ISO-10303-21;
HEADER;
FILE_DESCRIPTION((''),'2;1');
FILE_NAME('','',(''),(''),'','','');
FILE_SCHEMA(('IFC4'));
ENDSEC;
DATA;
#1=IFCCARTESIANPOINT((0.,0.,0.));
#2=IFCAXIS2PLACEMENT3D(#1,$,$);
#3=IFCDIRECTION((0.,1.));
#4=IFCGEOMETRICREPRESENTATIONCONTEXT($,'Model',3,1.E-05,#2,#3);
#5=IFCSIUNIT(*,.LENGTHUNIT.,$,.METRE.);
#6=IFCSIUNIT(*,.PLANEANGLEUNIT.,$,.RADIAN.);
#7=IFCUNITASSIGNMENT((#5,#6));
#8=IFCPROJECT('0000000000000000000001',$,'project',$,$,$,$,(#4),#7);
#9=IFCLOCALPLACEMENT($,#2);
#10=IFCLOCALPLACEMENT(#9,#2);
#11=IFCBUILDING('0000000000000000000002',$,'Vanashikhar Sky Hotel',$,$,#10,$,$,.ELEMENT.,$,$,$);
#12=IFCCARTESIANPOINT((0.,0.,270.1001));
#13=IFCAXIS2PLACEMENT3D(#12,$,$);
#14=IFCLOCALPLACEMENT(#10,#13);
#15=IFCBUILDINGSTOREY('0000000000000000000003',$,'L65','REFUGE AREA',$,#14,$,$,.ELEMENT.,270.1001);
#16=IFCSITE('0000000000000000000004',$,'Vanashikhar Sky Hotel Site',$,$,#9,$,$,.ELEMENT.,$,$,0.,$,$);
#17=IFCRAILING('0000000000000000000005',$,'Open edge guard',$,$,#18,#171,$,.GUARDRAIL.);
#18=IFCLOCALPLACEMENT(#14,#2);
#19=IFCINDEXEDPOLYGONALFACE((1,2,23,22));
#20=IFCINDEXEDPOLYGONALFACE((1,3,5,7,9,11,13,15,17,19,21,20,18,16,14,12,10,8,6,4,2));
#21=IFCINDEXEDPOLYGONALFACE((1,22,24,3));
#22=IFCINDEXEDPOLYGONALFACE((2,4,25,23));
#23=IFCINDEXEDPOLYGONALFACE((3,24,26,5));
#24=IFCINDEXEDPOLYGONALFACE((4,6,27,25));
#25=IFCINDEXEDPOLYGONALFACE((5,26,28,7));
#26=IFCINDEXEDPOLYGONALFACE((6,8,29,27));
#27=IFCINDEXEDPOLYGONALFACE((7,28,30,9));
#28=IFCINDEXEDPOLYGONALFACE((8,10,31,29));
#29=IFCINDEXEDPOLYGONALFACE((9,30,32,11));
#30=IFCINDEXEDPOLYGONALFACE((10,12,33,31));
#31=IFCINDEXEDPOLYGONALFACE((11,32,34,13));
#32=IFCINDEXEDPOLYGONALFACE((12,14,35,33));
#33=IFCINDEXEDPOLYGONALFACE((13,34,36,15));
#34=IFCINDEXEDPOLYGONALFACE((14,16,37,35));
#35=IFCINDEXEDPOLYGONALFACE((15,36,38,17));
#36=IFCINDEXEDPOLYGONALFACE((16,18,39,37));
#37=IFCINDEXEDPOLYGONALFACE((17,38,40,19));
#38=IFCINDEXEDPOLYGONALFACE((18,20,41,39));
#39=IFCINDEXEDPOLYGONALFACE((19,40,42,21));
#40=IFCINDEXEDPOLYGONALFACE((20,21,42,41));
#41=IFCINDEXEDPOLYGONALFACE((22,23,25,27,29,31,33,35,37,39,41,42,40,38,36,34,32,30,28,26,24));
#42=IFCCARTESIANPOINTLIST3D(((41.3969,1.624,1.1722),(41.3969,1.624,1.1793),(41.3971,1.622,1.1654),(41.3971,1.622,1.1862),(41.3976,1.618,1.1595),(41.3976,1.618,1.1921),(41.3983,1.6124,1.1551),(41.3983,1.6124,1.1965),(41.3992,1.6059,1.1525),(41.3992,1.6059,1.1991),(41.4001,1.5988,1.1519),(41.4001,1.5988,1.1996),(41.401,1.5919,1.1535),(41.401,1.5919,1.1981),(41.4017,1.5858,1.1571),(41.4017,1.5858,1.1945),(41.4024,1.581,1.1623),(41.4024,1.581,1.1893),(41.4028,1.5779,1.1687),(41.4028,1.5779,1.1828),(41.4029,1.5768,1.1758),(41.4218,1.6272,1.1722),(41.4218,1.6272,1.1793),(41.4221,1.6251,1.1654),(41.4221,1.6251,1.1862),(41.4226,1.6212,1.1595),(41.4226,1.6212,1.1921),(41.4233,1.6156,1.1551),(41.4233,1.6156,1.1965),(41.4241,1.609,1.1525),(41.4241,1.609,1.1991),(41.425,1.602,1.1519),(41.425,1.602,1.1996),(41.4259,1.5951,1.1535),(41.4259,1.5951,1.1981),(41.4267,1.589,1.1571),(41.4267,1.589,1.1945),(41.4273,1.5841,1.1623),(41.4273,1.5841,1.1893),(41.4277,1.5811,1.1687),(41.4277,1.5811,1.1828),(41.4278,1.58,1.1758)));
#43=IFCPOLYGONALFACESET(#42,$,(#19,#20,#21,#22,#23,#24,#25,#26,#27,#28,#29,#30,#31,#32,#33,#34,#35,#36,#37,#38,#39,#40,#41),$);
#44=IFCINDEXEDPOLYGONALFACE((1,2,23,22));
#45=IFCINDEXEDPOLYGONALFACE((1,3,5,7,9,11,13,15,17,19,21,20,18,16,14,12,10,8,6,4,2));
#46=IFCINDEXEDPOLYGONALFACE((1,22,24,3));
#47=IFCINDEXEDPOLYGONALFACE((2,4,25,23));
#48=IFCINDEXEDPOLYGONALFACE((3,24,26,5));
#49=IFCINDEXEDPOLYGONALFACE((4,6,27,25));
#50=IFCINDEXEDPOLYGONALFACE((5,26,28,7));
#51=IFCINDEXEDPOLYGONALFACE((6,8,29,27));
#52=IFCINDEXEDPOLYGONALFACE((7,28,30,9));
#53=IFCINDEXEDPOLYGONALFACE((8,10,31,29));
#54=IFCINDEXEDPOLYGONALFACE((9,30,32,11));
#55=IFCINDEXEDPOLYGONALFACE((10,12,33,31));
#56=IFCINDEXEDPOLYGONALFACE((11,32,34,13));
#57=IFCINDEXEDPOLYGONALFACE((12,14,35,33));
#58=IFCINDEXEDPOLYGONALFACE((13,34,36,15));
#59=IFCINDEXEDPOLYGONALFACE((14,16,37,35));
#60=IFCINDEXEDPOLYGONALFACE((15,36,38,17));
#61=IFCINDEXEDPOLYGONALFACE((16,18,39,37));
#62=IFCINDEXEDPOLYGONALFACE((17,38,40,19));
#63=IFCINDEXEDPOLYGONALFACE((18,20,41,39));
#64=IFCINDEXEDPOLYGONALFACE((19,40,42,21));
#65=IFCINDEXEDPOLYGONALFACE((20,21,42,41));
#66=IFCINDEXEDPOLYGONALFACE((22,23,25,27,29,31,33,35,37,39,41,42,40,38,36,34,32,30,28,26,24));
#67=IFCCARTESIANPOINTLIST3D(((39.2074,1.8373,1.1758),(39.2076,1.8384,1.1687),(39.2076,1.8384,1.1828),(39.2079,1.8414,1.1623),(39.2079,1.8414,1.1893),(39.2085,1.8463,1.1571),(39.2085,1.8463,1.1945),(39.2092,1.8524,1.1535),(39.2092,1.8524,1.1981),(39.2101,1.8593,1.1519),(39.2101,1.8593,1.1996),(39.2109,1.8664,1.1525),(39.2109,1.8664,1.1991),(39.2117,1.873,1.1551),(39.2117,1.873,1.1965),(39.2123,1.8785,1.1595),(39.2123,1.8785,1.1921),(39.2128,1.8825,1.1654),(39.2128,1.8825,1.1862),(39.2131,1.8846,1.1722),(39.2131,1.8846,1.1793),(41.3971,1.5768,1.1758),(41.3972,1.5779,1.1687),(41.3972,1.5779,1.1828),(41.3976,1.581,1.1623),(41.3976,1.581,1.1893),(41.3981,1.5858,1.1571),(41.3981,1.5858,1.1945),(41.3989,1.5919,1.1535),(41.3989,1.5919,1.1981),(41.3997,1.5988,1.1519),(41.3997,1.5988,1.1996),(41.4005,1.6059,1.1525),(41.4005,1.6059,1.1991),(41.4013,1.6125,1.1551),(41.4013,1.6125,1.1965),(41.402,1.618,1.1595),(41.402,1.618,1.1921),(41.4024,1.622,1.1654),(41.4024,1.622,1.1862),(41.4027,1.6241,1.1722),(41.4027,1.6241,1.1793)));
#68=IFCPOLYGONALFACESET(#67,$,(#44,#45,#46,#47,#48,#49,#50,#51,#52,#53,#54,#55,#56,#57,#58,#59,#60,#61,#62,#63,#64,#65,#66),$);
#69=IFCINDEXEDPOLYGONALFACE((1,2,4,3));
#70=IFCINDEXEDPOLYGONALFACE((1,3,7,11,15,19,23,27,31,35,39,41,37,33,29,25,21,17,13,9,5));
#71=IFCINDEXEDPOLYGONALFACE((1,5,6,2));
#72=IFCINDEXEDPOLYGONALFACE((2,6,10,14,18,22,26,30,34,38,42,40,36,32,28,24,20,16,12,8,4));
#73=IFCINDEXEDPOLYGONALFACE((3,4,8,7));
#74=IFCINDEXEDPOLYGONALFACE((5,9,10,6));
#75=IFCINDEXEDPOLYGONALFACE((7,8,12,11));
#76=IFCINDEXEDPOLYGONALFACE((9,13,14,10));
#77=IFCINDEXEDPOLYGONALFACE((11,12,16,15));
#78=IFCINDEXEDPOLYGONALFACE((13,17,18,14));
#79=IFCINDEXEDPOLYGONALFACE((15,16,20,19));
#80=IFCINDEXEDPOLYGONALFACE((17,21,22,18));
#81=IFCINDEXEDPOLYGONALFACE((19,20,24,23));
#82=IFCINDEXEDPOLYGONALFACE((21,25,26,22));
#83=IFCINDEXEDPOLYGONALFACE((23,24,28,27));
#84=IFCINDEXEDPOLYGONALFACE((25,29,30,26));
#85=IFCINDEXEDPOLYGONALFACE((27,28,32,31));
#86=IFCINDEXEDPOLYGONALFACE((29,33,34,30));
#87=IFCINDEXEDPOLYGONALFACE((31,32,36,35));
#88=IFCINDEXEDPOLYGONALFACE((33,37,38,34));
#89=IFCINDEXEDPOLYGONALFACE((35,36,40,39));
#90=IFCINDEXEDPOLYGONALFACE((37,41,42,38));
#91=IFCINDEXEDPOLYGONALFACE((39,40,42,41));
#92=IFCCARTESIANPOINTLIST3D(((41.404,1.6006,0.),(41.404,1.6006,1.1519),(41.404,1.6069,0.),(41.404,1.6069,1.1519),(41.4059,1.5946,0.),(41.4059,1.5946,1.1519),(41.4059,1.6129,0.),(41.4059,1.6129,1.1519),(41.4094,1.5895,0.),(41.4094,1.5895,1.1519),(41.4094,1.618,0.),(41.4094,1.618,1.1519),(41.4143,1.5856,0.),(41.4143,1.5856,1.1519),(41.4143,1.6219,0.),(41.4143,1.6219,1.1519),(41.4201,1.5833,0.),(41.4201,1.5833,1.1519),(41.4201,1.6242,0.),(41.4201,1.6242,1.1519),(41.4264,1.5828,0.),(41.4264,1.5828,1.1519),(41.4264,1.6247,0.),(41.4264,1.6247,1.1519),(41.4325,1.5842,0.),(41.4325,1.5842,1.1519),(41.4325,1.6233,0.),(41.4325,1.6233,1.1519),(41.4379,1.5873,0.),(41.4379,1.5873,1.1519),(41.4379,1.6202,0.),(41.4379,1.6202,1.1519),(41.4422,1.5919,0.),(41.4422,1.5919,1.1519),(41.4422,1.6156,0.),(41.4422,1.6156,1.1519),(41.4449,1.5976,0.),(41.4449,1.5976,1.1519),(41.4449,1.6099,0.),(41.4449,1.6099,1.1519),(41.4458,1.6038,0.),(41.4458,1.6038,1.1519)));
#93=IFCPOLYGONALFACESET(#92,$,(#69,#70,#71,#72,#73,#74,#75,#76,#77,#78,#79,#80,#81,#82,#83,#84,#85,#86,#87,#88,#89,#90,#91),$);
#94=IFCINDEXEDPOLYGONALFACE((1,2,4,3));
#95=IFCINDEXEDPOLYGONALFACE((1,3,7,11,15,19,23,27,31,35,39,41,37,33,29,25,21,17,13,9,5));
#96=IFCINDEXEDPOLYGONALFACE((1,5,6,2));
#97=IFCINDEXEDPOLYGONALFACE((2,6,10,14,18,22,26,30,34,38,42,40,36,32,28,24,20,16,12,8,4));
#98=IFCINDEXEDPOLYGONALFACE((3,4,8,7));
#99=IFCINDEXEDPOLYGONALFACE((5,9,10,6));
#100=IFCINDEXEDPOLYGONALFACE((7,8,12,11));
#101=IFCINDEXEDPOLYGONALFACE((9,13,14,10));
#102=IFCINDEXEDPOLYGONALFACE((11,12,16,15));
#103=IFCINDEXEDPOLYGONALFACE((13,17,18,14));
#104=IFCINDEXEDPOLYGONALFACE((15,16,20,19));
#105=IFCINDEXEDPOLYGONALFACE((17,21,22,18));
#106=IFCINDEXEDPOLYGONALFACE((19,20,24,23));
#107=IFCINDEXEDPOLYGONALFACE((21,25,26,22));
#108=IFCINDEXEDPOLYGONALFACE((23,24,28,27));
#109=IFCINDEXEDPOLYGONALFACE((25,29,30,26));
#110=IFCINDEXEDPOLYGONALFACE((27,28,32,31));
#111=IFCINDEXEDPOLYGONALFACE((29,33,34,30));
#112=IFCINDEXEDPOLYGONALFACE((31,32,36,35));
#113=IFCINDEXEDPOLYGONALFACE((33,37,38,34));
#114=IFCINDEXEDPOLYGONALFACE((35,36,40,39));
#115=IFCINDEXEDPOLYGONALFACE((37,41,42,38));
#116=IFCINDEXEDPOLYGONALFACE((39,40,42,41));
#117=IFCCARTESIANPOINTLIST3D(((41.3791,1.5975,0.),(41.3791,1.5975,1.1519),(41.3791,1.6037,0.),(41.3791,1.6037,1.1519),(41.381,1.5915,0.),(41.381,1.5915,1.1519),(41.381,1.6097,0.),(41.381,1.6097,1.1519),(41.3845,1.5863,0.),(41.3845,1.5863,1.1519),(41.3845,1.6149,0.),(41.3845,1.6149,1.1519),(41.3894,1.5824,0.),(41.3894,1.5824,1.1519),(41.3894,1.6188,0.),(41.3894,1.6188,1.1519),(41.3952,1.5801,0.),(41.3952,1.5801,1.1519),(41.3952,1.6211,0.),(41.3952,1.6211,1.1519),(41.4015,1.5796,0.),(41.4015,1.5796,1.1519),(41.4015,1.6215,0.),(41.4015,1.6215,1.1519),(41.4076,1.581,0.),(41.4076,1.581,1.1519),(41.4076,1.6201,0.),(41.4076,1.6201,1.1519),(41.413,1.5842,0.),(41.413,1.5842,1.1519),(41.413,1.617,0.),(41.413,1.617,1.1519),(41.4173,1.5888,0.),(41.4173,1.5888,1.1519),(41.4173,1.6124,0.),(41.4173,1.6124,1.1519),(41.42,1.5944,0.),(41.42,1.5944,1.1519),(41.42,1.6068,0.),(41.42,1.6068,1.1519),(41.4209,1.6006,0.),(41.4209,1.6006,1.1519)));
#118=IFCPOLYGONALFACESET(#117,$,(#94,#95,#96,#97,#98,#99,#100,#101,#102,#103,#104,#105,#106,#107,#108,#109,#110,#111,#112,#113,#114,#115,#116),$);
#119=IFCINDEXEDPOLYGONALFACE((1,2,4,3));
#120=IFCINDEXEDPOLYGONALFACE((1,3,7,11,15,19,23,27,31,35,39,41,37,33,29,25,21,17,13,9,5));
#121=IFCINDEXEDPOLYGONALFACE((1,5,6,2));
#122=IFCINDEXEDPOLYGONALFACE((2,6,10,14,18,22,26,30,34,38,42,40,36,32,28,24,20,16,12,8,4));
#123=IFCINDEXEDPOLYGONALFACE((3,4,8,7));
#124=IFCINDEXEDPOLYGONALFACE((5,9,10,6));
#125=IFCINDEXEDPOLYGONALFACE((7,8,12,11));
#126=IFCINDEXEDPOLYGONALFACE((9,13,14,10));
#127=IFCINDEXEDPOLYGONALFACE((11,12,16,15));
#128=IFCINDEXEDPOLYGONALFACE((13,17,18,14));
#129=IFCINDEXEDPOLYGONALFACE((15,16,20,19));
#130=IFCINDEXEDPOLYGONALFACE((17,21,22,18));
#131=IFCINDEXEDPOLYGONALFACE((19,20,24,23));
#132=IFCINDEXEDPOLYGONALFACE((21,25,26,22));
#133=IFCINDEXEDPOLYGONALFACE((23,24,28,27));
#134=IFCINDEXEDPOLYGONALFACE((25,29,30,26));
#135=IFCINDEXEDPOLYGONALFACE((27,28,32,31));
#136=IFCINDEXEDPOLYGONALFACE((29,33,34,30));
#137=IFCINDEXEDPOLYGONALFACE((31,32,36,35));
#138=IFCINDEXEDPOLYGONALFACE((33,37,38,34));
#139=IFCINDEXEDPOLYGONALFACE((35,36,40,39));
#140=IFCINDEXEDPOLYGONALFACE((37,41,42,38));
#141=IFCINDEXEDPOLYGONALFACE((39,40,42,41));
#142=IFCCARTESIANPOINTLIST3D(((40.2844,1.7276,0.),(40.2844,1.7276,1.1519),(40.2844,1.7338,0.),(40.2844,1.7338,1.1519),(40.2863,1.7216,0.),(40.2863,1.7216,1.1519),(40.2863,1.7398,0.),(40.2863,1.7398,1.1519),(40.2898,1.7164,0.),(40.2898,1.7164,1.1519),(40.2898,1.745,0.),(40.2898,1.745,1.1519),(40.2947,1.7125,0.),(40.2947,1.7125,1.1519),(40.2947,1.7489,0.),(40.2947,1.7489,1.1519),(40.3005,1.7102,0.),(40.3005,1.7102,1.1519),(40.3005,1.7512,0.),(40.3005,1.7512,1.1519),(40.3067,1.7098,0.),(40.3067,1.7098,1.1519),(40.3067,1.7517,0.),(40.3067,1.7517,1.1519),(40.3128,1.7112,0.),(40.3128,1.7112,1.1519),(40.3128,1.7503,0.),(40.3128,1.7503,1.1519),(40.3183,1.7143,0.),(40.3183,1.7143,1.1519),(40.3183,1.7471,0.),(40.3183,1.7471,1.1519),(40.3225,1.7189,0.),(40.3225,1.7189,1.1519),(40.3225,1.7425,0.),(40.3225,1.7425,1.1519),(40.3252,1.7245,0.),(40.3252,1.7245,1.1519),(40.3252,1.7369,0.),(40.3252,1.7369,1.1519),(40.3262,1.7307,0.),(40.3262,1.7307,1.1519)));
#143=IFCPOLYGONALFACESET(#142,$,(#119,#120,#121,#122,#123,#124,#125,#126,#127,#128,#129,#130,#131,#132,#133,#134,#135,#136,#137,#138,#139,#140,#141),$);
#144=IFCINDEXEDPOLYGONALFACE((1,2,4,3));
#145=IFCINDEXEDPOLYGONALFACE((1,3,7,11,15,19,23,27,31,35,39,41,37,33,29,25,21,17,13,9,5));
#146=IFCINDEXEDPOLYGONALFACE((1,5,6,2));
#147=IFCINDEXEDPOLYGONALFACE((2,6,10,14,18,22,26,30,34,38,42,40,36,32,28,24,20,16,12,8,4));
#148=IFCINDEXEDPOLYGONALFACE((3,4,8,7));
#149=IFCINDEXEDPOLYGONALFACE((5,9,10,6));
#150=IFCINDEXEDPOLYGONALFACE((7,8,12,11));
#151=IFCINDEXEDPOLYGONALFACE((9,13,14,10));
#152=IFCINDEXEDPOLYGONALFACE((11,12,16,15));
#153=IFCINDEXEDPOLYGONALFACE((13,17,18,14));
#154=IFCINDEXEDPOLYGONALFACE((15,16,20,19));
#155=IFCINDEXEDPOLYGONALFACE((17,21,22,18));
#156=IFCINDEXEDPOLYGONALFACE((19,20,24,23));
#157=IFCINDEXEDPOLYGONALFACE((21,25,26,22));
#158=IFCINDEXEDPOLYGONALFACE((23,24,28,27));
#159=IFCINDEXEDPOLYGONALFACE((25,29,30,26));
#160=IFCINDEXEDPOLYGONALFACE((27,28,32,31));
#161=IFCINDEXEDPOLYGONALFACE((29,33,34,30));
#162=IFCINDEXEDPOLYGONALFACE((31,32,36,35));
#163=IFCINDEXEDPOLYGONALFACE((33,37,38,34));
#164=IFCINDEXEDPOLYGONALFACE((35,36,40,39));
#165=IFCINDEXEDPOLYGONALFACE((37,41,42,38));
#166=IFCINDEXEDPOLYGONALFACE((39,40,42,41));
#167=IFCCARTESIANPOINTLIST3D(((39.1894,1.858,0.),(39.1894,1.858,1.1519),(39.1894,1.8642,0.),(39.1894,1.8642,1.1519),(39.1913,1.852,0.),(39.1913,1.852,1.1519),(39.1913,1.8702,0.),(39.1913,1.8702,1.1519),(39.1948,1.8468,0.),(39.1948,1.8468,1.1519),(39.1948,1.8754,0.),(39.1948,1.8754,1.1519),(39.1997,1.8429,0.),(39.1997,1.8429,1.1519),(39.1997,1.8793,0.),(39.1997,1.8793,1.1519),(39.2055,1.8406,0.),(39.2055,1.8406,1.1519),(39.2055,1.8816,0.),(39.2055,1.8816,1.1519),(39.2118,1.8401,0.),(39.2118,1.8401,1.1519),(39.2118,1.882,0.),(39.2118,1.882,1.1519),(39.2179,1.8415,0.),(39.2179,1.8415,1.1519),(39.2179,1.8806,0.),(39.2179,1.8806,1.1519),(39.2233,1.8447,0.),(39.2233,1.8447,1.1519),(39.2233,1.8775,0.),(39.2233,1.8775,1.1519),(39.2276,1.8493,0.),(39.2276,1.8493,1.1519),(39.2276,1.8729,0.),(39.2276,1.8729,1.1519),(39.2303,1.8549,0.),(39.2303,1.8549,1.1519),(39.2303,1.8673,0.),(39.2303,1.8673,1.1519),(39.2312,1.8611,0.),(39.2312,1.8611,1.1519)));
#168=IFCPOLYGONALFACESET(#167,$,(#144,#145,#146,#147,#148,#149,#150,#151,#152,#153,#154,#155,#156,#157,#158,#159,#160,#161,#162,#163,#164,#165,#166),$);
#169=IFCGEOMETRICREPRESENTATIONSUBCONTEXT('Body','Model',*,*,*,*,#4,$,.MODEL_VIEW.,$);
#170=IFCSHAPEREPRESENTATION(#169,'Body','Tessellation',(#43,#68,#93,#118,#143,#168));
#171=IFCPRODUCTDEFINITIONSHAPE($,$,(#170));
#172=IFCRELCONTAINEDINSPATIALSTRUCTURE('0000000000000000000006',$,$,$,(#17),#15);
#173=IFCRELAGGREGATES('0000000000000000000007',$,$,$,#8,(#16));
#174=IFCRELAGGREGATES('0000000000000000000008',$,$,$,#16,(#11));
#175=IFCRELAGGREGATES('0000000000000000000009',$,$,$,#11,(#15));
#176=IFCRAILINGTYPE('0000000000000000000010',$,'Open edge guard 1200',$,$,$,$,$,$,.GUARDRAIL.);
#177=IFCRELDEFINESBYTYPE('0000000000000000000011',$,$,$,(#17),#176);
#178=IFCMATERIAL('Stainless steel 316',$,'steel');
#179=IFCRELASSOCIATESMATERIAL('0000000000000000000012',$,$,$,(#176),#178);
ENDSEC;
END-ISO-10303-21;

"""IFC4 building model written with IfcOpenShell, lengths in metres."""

from ifc_helpers import new_model, si_unit, direction, frame, origin, origin_2d, place, context, subcontext, project, spatial, circle, extrude, source, transform, mapped, material, type_object, element, save


model = new_model("IFC4")

# Units and contexts
model_context = context("Model", 3, precision=1e-05, world=origin(), true_north=direction((0.0, 1.0)))
body_context = subcontext(model_context, "Body", "Model", "MODEL_VIEW")
ifc_project = project(units=[si_unit("LENGTHUNIT", "METRE"), si_unit("PLANEANGLEUNIT", "RADIAN")], contexts=[model_context])

# Site, building, storey
site_placement = place(None, origin())
site = spatial("IfcSite", under=ifc_project, at=site_placement, Name="Vanashikhar Sky Hotel Site", CompositionType="ELEMENT", RefElevation=0.0)
building_placement = place(site_placement, origin())
building = spatial("IfcBuilding", under=site, at=building_placement, Name="Vanashikhar Sky Hotel", CompositionType="ELEMENT")
storey_placement = place(building_placement, frame((0.0, 0.0, 270.1001)))
storey = spatial("IfcBuildingStorey", under=building, at=storey_placement, Name="L65", Description="REFUGE AREA", CompositionType="ELEMENT", Elevation=270.1001)

# Railing
ifc_material_1 = material(Name="Stainless steel 316", Category="steel")
railing_type = type_object("IfcRailingType", Name="Open edge guard 1200", PredefinedType="GUARDRAIL", material=ifc_material_1)
shared_shape_1 = source(origin(), body_context, "Body", "SweptSolid", [
    extrude(circle(Radius=0.0239, at=origin_2d()), frame((0.0, 0.0, 1.1758), z_axis=(-0.991976, -0.126428, 0.0), x_axis=(0.126428, -0.991976, 0.0)), (0.0, 0.0, 1.0), 0.0251),
    extrude(circle(Radius=0.0239, at=origin_2d()), frame((-0.0249, -0.0032, 1.1758), z_axis=(-0.992998, 0.118132, 0.0), x_axis=(-0.118132, -0.992998, 0.0)), (0.0, 0.0, 1.0), 2.2051),
    extrude(circle(Radius=0.021, at=origin_2d()), origin(), (0.0, 0.0, 1.0), 1.1519),
    extrude(circle(Radius=0.021, at=origin_2d()), frame((-0.0249, -0.0032, 0.0)), (0.0, 0.0, 1.0), 1.1519),
    extrude(circle(Radius=0.021, at=origin_2d()), frame((-1.1196, 0.127, 0.0)), (0.0, 0.0, 1.0), 1.1519),
    extrude(circle(Radius=0.021, at=origin_2d()), frame((-2.2146, 0.2573, 0.0)), (0.0, 0.0, 1.0), 1.1519),
])
railing_1_placement = place(storey_placement, frame((41.4248, 1.6038, 0.0)))
element("IfcRailing", 1, at=railing_1_placement, inside=storey, type_object=railing_type, Name="Open edge guard", PredefinedType="GUARDRAIL", context=body_context, shape_type="MappedRepresentation", body=[
    mapped(shared_shape_1, transform((0.0, 0.0, 0.0), scale=1.0)),
])

save(model, "model.ifc")
